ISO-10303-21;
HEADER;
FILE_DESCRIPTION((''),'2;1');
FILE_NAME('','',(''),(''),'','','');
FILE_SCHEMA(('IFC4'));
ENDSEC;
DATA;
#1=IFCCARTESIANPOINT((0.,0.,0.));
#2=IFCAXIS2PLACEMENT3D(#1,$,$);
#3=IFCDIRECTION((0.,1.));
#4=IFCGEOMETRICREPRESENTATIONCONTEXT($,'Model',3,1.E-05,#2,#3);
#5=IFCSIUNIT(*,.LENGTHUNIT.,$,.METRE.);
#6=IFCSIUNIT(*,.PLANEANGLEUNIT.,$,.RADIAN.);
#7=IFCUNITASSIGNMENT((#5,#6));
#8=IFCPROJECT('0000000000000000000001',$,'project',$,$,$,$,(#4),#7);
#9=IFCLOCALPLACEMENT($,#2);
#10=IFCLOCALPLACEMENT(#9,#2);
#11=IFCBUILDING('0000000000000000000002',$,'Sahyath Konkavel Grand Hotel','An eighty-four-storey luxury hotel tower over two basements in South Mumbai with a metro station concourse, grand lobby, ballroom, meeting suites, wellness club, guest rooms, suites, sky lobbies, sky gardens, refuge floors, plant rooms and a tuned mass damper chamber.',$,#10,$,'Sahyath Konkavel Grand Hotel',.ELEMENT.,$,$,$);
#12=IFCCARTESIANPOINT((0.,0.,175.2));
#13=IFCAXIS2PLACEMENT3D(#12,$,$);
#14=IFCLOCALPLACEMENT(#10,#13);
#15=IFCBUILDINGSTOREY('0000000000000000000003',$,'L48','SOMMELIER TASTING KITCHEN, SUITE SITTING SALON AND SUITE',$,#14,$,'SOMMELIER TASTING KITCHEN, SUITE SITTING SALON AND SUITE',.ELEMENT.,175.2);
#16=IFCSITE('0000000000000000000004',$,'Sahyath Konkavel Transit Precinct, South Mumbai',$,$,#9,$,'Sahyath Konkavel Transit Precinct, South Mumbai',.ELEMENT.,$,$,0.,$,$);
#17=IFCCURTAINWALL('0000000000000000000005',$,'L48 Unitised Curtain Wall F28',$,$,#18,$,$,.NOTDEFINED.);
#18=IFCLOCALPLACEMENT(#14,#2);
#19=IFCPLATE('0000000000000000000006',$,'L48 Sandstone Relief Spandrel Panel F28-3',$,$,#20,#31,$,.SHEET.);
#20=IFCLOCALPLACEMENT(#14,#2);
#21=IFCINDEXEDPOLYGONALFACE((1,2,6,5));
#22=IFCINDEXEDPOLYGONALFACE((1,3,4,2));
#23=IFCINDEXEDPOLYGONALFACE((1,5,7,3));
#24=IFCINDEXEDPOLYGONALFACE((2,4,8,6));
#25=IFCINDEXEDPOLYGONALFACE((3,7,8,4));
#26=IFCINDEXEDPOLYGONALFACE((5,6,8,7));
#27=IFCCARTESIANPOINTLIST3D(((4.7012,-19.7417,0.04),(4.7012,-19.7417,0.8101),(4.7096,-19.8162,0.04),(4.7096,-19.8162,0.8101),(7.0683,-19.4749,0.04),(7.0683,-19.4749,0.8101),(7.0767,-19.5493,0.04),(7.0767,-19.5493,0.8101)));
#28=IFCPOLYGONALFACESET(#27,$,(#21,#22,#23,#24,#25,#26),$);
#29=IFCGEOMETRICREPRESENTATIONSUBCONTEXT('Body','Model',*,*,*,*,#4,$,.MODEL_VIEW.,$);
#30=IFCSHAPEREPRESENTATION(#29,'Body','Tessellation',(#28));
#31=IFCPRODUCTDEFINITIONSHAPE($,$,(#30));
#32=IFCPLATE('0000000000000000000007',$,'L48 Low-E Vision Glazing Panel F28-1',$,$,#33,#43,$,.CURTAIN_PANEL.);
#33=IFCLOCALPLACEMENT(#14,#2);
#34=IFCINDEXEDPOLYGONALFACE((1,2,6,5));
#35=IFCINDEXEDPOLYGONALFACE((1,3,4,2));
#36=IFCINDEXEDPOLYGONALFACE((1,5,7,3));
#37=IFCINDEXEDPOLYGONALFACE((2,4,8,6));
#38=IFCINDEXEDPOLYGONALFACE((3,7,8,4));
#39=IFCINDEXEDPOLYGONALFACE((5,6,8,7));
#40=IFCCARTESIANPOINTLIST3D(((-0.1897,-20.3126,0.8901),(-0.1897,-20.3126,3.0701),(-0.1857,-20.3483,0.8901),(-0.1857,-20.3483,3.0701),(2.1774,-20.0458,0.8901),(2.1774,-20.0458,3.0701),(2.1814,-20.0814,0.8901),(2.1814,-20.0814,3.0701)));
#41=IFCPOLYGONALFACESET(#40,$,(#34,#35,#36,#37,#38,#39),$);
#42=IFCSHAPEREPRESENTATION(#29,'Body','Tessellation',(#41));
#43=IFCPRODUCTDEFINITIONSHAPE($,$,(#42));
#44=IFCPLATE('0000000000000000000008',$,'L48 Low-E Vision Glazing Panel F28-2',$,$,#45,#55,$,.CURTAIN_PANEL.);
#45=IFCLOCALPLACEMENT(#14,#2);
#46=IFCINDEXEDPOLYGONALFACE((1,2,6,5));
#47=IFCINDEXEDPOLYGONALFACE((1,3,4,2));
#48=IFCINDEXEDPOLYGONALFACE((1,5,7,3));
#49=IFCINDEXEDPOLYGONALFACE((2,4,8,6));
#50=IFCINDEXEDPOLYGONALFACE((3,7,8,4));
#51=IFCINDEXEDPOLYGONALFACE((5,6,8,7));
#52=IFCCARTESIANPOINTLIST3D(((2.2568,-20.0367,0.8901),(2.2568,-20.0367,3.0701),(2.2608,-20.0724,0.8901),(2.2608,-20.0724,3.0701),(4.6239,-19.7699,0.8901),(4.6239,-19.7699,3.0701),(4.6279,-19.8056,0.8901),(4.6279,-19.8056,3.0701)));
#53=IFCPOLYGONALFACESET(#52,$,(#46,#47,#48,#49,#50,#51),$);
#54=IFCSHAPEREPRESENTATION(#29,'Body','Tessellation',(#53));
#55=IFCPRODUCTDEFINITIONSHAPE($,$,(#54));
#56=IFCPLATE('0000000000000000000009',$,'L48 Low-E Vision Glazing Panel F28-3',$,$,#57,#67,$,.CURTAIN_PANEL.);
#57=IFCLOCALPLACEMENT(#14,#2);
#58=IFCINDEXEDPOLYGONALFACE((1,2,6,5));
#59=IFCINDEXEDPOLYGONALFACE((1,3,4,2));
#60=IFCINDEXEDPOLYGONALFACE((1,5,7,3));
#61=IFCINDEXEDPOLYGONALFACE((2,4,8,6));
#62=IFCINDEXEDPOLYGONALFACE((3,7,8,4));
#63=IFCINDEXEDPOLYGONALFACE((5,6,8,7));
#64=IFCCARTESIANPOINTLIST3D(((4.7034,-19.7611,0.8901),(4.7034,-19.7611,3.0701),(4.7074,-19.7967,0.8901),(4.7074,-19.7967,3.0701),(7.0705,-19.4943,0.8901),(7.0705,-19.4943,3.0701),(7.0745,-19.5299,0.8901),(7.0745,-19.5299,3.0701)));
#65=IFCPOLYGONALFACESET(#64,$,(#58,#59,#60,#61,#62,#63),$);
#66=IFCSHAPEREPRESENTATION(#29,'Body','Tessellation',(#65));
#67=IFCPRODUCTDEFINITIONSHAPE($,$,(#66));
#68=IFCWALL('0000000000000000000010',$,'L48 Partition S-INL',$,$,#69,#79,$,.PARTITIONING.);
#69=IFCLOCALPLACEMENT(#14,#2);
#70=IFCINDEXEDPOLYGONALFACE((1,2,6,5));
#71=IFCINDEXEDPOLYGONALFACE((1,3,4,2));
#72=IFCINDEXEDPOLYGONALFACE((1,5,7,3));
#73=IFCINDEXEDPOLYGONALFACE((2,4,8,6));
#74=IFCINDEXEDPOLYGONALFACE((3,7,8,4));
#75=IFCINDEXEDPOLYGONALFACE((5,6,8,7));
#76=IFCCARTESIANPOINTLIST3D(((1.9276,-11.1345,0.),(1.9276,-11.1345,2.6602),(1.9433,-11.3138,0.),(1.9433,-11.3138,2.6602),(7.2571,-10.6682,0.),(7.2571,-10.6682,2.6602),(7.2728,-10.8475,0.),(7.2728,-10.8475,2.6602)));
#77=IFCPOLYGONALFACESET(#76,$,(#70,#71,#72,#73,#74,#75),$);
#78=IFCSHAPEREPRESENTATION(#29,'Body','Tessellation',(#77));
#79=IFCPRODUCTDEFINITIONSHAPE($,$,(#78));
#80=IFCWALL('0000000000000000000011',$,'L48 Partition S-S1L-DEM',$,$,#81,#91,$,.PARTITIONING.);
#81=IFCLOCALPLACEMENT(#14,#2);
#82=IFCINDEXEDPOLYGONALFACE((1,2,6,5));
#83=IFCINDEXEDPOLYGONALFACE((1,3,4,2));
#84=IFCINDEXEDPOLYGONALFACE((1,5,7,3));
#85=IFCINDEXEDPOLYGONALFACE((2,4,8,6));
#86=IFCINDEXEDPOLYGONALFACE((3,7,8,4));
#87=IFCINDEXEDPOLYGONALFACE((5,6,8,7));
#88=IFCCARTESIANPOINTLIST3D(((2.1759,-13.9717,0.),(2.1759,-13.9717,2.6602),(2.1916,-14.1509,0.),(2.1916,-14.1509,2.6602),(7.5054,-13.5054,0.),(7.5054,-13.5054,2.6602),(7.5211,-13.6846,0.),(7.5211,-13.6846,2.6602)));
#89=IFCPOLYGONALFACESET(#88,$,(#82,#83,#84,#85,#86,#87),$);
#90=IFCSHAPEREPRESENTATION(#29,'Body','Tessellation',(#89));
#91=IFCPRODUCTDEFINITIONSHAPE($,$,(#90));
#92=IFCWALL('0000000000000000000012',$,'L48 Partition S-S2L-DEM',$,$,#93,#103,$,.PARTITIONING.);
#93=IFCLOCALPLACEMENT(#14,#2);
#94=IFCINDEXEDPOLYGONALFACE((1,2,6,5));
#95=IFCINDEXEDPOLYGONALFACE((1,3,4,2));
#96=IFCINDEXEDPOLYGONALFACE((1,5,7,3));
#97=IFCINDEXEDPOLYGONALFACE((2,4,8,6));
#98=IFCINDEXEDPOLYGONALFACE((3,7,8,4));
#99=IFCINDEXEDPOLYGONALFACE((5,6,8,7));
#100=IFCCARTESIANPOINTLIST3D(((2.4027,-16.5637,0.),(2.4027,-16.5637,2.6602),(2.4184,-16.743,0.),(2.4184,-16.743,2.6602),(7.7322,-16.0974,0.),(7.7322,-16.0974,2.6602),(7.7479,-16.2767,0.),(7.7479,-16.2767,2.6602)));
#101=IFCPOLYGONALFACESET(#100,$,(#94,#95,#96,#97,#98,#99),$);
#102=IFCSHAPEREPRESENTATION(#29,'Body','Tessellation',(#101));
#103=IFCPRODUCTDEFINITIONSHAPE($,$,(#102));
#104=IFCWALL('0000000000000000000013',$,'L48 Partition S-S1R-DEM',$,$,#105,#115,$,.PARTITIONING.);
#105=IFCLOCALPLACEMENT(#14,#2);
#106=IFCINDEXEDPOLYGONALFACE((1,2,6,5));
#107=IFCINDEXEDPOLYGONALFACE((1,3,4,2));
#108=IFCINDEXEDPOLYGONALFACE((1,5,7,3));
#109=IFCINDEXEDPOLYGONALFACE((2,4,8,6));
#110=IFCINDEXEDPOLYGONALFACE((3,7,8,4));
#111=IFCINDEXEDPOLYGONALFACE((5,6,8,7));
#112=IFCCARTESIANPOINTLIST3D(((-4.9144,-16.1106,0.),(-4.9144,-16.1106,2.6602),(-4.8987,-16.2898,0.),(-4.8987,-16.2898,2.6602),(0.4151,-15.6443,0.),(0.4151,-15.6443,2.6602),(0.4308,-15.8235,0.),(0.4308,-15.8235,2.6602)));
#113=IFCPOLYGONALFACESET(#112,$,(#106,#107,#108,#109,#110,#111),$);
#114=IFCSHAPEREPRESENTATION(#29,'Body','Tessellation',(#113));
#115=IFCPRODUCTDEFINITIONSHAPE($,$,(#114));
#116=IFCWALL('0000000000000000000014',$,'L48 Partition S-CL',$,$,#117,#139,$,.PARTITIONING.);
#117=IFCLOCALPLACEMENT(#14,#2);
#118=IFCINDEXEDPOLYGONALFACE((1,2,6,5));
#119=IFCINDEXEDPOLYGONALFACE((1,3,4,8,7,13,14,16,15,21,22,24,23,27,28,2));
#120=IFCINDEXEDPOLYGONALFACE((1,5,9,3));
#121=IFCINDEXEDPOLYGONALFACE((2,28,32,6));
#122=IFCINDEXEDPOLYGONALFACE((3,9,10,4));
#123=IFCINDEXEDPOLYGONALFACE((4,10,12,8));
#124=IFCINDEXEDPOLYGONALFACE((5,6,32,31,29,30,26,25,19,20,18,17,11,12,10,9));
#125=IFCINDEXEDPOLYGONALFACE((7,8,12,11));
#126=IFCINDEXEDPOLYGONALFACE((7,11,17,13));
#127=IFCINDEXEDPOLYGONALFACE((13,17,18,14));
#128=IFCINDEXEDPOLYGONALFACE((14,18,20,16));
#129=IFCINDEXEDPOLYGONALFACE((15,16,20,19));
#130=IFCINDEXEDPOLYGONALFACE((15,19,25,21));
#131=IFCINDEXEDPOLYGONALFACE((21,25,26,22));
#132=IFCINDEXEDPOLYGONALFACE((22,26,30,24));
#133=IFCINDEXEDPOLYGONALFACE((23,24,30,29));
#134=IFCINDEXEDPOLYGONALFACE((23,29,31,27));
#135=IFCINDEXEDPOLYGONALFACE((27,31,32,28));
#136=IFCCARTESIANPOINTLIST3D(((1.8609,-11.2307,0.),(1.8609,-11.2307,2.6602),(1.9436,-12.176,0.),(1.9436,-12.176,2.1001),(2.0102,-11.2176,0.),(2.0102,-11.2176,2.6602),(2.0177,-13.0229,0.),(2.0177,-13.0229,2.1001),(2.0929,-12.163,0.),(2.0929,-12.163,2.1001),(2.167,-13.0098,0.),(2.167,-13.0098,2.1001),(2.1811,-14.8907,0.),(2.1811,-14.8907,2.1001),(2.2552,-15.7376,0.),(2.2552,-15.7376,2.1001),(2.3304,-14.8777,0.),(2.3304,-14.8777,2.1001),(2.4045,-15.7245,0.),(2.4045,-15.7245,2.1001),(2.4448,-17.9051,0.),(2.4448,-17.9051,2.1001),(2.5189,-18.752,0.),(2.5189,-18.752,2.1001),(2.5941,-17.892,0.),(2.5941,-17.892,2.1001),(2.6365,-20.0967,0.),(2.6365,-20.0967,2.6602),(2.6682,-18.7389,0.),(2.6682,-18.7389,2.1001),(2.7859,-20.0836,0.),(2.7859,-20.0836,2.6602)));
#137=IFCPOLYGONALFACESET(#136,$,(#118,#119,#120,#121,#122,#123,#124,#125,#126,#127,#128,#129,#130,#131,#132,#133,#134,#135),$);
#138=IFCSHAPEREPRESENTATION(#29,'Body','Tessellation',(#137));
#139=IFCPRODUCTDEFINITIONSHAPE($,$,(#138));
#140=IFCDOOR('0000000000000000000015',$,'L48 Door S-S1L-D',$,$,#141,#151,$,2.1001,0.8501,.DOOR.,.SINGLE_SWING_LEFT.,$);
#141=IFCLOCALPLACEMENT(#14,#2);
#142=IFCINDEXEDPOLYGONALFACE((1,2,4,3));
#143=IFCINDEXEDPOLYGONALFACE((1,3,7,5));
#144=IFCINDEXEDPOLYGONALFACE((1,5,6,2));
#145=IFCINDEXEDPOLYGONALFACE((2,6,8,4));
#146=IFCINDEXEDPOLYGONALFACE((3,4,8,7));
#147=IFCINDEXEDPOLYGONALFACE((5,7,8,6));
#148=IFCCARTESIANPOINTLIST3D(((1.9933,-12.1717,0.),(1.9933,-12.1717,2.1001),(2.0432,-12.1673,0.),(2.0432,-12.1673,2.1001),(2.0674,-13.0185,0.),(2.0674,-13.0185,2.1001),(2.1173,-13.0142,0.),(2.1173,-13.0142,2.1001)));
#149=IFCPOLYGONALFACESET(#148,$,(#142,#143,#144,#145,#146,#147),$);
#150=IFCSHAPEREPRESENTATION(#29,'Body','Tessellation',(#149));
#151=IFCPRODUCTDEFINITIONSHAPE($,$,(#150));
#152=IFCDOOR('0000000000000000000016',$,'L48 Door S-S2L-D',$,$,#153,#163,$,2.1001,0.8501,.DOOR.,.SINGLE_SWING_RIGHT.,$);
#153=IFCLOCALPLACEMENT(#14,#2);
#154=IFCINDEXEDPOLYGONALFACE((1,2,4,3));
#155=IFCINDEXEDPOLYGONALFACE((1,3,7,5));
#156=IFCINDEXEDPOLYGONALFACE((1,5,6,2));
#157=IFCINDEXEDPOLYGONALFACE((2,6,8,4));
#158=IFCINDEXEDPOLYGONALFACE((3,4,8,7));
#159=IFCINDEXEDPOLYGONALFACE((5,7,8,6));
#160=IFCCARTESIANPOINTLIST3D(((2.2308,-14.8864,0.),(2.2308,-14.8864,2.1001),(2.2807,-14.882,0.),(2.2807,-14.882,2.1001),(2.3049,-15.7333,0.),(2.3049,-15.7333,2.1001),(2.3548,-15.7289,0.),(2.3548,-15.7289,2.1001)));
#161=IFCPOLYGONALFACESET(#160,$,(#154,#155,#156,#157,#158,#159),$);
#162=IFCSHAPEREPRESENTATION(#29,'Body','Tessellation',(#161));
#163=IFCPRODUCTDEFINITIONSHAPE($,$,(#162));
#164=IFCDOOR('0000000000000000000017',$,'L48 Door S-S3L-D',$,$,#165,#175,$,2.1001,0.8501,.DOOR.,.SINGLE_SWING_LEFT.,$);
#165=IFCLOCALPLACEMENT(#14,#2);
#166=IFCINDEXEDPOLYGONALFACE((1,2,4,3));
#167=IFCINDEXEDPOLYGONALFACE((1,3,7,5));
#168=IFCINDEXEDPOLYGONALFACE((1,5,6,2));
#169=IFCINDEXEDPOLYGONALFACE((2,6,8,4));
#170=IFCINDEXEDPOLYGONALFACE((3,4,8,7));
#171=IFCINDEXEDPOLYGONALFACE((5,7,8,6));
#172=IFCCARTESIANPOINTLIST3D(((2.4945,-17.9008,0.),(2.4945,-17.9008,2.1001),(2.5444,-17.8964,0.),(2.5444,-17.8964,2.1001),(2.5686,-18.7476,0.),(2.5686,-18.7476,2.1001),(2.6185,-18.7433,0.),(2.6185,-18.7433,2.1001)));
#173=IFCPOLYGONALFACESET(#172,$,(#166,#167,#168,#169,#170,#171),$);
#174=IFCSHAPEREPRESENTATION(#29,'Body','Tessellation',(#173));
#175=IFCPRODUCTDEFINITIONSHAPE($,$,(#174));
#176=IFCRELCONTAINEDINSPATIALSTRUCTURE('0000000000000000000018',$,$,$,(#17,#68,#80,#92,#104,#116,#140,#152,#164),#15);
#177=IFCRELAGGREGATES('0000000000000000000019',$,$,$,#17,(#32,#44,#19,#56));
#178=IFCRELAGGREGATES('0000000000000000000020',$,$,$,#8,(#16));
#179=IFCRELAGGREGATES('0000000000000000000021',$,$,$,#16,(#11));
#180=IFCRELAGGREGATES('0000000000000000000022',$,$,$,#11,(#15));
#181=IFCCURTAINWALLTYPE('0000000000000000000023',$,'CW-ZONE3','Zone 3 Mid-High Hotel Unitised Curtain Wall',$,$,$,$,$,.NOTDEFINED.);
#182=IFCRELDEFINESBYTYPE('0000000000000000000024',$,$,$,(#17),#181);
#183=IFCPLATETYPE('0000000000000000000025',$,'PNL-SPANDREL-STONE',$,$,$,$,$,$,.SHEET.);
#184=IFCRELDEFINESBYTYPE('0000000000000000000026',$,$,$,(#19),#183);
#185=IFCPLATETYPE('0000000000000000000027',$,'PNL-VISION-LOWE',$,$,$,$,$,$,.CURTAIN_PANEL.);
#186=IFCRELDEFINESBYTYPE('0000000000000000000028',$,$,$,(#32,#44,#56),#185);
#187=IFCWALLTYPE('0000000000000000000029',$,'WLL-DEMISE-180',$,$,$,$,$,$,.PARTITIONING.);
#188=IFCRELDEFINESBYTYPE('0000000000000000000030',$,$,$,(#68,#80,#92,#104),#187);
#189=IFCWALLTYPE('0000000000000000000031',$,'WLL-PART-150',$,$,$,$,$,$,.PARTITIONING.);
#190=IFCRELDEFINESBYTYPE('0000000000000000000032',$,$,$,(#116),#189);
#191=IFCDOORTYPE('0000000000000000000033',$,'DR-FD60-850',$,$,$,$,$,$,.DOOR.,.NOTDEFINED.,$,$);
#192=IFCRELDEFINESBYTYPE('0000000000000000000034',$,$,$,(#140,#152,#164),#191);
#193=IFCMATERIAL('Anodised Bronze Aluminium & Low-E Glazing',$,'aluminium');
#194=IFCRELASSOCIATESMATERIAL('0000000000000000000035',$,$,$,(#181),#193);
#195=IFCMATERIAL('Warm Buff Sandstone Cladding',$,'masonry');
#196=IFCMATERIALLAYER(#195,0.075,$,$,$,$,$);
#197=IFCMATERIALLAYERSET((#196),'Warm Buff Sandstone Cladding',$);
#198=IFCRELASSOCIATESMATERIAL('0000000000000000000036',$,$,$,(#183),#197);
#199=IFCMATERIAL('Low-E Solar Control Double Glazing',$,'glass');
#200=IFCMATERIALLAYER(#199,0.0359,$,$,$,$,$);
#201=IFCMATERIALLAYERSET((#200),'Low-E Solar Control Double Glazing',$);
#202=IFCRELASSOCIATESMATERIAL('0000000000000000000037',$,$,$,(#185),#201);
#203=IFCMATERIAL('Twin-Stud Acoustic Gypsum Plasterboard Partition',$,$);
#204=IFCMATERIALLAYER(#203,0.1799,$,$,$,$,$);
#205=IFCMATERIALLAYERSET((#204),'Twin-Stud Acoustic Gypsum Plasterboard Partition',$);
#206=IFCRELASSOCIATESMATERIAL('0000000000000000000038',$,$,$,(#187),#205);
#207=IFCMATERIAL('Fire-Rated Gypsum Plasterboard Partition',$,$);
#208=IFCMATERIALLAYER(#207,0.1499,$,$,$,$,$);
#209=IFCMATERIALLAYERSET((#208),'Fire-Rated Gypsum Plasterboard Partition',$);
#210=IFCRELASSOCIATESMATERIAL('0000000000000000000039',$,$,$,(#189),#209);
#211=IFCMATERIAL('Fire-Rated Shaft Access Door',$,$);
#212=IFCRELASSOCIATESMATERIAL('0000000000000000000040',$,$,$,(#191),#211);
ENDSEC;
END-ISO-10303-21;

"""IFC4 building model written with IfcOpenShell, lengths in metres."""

from ifc_helpers import new_model, si_unit, direction, frame, frame_2d, origin, origin_2d, place, context, subcontext, project, spatial, rectangle, extrude, source, transform, mapped, material, layer, layer_set, type_object, element, fill, aggregate, save


model = new_model("IFC4")

# Units and contexts
model_context = context("Model", 3, precision=1e-05, world=origin(), true_north=direction((0.0, 1.0)))
body_context = subcontext(model_context, "Body", "Model", "MODEL_VIEW")
ifc_project = project(units=[si_unit("LENGTHUNIT", "METRE"), si_unit("PLANEANGLEUNIT", "RADIAN")], contexts=[model_context])

# Site, building, storey
site_placement = place(None, origin())
site = spatial("IfcSite", under=ifc_project, at=site_placement, Name="Sahyath Konkavel Transit Precinct, South Mumbai", LongName="Sahyath Konkavel Transit Precinct, South Mumbai", CompositionType="ELEMENT", RefElevation=0.0)
building_placement = place(site_placement, origin())
building = spatial("IfcBuilding", under=site, at=building_placement, Name="Sahyath Konkavel Grand Hotel", Description="An eighty-four-storey luxury hotel tower over two basements in South Mumbai with a metro station concourse, grand lobby, ballroom, meeting suites, wellness club, guest rooms, suites, sky lobbies, sky gardens, refuge floors, plant rooms and a tuned mass damper chamber.", LongName="Sahyath Konkavel Grand Hotel", CompositionType="ELEMENT")
storey_placement = place(building_placement, frame((0.0, 0.0, 175.2)))
storey = spatial("IfcBuildingStorey", under=building, at=storey_placement, Name="L48", Description="SOMMELIER TASTING KITCHEN, SUITE SITTING SALON AND SUITE", LongName="SOMMELIER TASTING KITCHEN, SUITE SITTING SALON AND SUITE", CompositionType="ELEMENT", Elevation=175.2)

# Curtain wall
ifc_material_1 = material(Name="Anodised Bronze Aluminium & Low-E Glazing", Category="aluminium")
curtain_wall_type = type_object("IfcCurtainWallType", Name="CW-ZONE3", Description="Zone 3 Mid-High Hotel Unitised Curtain Wall", PredefinedType="NOTDEFINED", material=ifc_material_1)
curtain_wall_placement = place(storey_placement, origin())
curtain_wall = element("IfcCurtainWall", 1, at=curtain_wall_placement, inside=storey, type_object=curtain_wall_type, Name="L48 Unitised Curtain Wall F28", PredefinedType="NOTDEFINED")

# Plates
ifc_material_2 = material(Name="Warm Buff Sandstone Cladding", Category="masonry")
ifc_layer_1 = layer(ifc_material_2, 0.075)
ifc_layer_set_1 = layer_set([ifc_layer_1], Name="Warm Buff Sandstone Cladding")
plate_type_1 = type_object("IfcPlateType", Name="PNL-SPANDREL-STONE", PredefinedType="SHEET", material=ifc_layer_set_1)
shared_shape_1 = source(origin(), body_context, "Body", "SweptSolid", [
    extrude(rectangle(XDim=2.3821, YDim=0.075, at=origin_2d()), origin(), (0.0, 0.0, 1.0), 0.77),
])
plate_1_placement = place(storey_placement, frame((5.8889, -19.6455, 0.04), z_axis=(0.0, 0.0, 1.0), x_axis=(0.993707, 0.112007, 0.0)))
plate_1 = element("IfcPlate", 2, at=plate_1_placement, type_object=plate_type_1, Name="L48 Sandstone Relief Spandrel Panel F28-3", PredefinedType="SHEET", context=body_context, shape_type="MappedRepresentation", body=[
    mapped(shared_shape_1, transform((0.0, 0.0, 0.0), scale=1.0)),
])
ifc_material_3 = material(Name="Low-E Solar Control Double Glazing", Category="glass")
ifc_layer_2 = layer(ifc_material_3, 0.0359)
ifc_layer_set_2 = layer_set([ifc_layer_2], Name="Low-E Solar Control Double Glazing")
plate_type_2 = type_object("IfcPlateType", Name="PNL-VISION-LOWE", PredefinedType="CURTAIN_PANEL", material=ifc_layer_set_2)
shared_shape_2 = source(origin(), body_context, "Body", "SweptSolid", [
    extrude(rectangle(XDim=2.3821, YDim=0.0359, at=origin_2d()), origin(), (0.0, 0.0, 1.0), 2.1799),
])
plate_2_placement = place(storey_placement, frame((0.9958, -20.197, 0.8901), z_axis=(0.0, 0.0, 1.0), x_axis=(0.993707, 0.112007, 0.0)))
plate_2 = element("IfcPlate", 3, at=plate_2_placement, type_object=plate_type_2, Name="L48 Low-E Vision Glazing Panel F28-1", PredefinedType="CURTAIN_PANEL", context=body_context, shape_type="MappedRepresentation", body=[
    mapped(shared_shape_2, transform((0.0, 0.0, 0.0), scale=1.0)),
])
plate_3_placement = place(storey_placement, frame((3.4424, -19.9211, 0.8901), z_axis=(0.0, 0.0, 1.0), x_axis=(0.993707, 0.112007, 0.0)))
plate_3 = element("IfcPlate", 4, at=plate_3_placement, type_object=plate_type_2, Name="L48 Low-E Vision Glazing Panel F28-2", PredefinedType="CURTAIN_PANEL", context=body_context, shape_type="MappedRepresentation", body=[
    mapped(shared_shape_2, transform((0.0, 0.0, 0.0), scale=1.0)),
])
plate_4_placement = place(storey_placement, frame((5.8889, -19.6455, 0.8901), z_axis=(0.0, 0.0, 1.0), x_axis=(0.993707, 0.112007, 0.0)))
plate_4 = element("IfcPlate", 5, at=plate_4_placement, type_object=plate_type_2, Name="L48 Low-E Vision Glazing Panel F28-3", PredefinedType="CURTAIN_PANEL", context=body_context, shape_type="MappedRepresentation", body=[
    mapped(shared_shape_2, transform((0.0, 0.0, 0.0), scale=1.0)),
])
aggregate(curtain_wall, [plate_2, plate_3, plate_1, plate_4])

# Walls
ifc_material_4 = material(Name="Twin-Stud Acoustic Gypsum Plasterboard Partition")
ifc_layer_3 = layer(ifc_material_4, 0.1799)
ifc_layer_set_3 = layer_set([ifc_layer_3], Name="Twin-Stud Acoustic Gypsum Plasterboard Partition")
wall_type_1 = type_object("IfcWallType", Name="WLL-DEMISE-180", PredefinedType="PARTITIONING", material=ifc_layer_set_3)
for number, where, z_axis, x_axis, name in (
    (6, (1.9355, -11.2241, 0.0), (0.0, 0.0, 1.0), (0.996194, 0.087161, 0.0), "L48 Partition S-INL"),
    (7, (2.1838, -14.0613, 0.0), (0.0, 0.0, 1.0), (0.996194, 0.087161, 0.0), "L48 Partition S-S1L-DEM"),
    (8, (2.4106, -16.6533, 0.0), (0.0, 0.0, 1.0), (0.996194, 0.087161, 0.0), "L48 Partition S-S2L-DEM"),
    (9, (0.4229, -15.7339, 0.0), (0.0, 0.0, 1.0), (-0.996194, -0.087161, 0.0), "L48 Partition S-S1R-DEM"),
):
    element("IfcWall", number, at=place(storey_placement, frame(where, z_axis=z_axis, x_axis=x_axis)), inside=storey, type_object=wall_type_1, Name=name, PredefinedType="PARTITIONING", context=body_context, shape_type="SweptSolid", body=[
        extrude(rectangle(XDim=5.3499, YDim=0.1799, at=frame_2d((2.6748, 0.0))), origin(), (0.0, 0.0, 1.0), 2.6602),
    ])

# Wall, openings, doors
ifc_material_5 = material(Name="Fire-Rated Gypsum Plasterboard Partition")
ifc_layer_4 = layer(ifc_material_5, 0.1499)
ifc_layer_set_4 = layer_set([ifc_layer_4], Name="Fire-Rated Gypsum Plasterboard Partition")
wall_type_2 = type_object("IfcWallType", Name="WLL-PART-150", PredefinedType="PARTITIONING", material=ifc_layer_set_4)
wall_1_placement = place(storey_placement, frame((1.9355, -11.2241, 0.0), z_axis=(0.0, 0.0, 1.0), x_axis=(0.087152, -0.996195, 0.0)))
wall_1 = element("IfcWall", 10, at=wall_1_placement, inside=storey, type_object=wall_type_2, Name="L48 Partition S-CL", PredefinedType="PARTITIONING", context=body_context, shape_type="SweptSolid", body=[
    extrude(rectangle(XDim=8.8999, YDim=0.1499, at=frame_2d((4.45, 0.0))), origin(), (0.0, 0.0, 1.0), 2.6602),
])
opening_1_placement = place(wall_1_placement, frame((0.949, 0.0, 0.0)))
opening_1 = element("IfcOpeningElement", 11, at=opening_1_placement, cuts=wall_1, PredefinedType="OPENING", context=body_context, shape_type="SweptSolid", body=[
    extrude(rectangle(XDim=0.8501, YDim=2.1001, at=frame_2d((0.425, 1.05))), frame((0.0, 0.085, 0.0), z_axis=(0.0, -1.0, 0.0), x_axis=(1.0, 0.0, 0.0)), (0.0, 0.0, 1.0), 0.1699),
])
opening_2_placement = place(wall_1_placement, frame((3.6741, 0.0, 0.0)))
opening_2 = element("IfcOpeningElement", 12, at=opening_2_placement, cuts=wall_1, PredefinedType="OPENING", context=body_context, shape_type="SweptSolid", body=[
    extrude(rectangle(XDim=0.8501, YDim=2.1001, at=frame_2d((0.425, 1.05))), frame((0.0, 0.085, 0.0), z_axis=(0.0, -1.0, 0.0), x_axis=(1.0, 0.0, 0.0)), (0.0, 0.0, 1.0), 0.1699),
])
opening_3_placement = place(wall_1_placement, frame((6.7, 0.0, 0.0)))
opening_3 = element("IfcOpeningElement", 13, at=opening_3_placement, cuts=wall_1, PredefinedType="OPENING", context=body_context, shape_type="SweptSolid", body=[
    extrude(rectangle(XDim=0.8501, YDim=2.1001, at=frame_2d((0.425, 1.05))), frame((0.0, 0.085, 0.0), z_axis=(0.0, -1.0, 0.0), x_axis=(1.0, 0.0, 0.0)), (0.0, 0.0, 1.0), 0.1699),
])
ifc_material_6 = material(Name="Fire-Rated Shaft Access Door")
door_type_1 = type_object("IfcDoorType", Name="DR-FD60-850", OperationType="NOTDEFINED", PredefinedType="DOOR", material=ifc_material_6)
shared_shape_3 = source(origin(), body_context, "Body", "SweptSolid", [
    extrude(rectangle(XDim=0.8501, YDim=0.05, at=origin_2d()), origin(), (0.0, 0.0, 1.0), 2.1001),
])
door_1_placement = place(opening_1_placement, frame((0.425, 0.0, 0.0)))
door_1 = element("IfcDoor", 14, at=door_1_placement, inside=storey, type_object=door_type_1, Name="L48 Door S-S1L-D", OperationType="SINGLE_SWING_LEFT", OverallHeight=2.1001, OverallWidth=0.8501, PredefinedType="DOOR", context=body_context, shape_type="MappedRepresentation", body=[
    mapped(shared_shape_3, transform((0.0, 0.0, 0.0), scale=1.0)),
])
fill(opening_1, door_1)
door_2_placement = place(opening_2_placement, frame((0.425, 0.0, 0.0)))
door_2 = element("IfcDoor", 15, at=door_2_placement, inside=storey, type_object=door_type_1, Name="L48 Door S-S2L-D", OperationType="SINGLE_SWING_RIGHT", OverallHeight=2.1001, OverallWidth=0.8501, PredefinedType="DOOR", context=body_context, shape_type="MappedRepresentation", body=[
    mapped(shared_shape_3, transform((0.0, 0.0, 0.0), scale=1.0)),
])
fill(opening_2, door_2)
door_3_placement = place(opening_3_placement, frame((0.425, 0.0, 0.0)))
door_3 = element("IfcDoor", 16, at=door_3_placement, inside=storey, type_object=door_type_1, Name="L48 Door S-S3L-D", OperationType="SINGLE_SWING_LEFT", OverallHeight=2.1001, OverallWidth=0.8501, PredefinedType="DOOR", context=body_context, shape_type="MappedRepresentation", body=[
    mapped(shared_shape_3, transform((0.0, 0.0, 0.0), scale=1.0)),
])
fill(opening_3, door_3)

save(model, "model.ifc")
